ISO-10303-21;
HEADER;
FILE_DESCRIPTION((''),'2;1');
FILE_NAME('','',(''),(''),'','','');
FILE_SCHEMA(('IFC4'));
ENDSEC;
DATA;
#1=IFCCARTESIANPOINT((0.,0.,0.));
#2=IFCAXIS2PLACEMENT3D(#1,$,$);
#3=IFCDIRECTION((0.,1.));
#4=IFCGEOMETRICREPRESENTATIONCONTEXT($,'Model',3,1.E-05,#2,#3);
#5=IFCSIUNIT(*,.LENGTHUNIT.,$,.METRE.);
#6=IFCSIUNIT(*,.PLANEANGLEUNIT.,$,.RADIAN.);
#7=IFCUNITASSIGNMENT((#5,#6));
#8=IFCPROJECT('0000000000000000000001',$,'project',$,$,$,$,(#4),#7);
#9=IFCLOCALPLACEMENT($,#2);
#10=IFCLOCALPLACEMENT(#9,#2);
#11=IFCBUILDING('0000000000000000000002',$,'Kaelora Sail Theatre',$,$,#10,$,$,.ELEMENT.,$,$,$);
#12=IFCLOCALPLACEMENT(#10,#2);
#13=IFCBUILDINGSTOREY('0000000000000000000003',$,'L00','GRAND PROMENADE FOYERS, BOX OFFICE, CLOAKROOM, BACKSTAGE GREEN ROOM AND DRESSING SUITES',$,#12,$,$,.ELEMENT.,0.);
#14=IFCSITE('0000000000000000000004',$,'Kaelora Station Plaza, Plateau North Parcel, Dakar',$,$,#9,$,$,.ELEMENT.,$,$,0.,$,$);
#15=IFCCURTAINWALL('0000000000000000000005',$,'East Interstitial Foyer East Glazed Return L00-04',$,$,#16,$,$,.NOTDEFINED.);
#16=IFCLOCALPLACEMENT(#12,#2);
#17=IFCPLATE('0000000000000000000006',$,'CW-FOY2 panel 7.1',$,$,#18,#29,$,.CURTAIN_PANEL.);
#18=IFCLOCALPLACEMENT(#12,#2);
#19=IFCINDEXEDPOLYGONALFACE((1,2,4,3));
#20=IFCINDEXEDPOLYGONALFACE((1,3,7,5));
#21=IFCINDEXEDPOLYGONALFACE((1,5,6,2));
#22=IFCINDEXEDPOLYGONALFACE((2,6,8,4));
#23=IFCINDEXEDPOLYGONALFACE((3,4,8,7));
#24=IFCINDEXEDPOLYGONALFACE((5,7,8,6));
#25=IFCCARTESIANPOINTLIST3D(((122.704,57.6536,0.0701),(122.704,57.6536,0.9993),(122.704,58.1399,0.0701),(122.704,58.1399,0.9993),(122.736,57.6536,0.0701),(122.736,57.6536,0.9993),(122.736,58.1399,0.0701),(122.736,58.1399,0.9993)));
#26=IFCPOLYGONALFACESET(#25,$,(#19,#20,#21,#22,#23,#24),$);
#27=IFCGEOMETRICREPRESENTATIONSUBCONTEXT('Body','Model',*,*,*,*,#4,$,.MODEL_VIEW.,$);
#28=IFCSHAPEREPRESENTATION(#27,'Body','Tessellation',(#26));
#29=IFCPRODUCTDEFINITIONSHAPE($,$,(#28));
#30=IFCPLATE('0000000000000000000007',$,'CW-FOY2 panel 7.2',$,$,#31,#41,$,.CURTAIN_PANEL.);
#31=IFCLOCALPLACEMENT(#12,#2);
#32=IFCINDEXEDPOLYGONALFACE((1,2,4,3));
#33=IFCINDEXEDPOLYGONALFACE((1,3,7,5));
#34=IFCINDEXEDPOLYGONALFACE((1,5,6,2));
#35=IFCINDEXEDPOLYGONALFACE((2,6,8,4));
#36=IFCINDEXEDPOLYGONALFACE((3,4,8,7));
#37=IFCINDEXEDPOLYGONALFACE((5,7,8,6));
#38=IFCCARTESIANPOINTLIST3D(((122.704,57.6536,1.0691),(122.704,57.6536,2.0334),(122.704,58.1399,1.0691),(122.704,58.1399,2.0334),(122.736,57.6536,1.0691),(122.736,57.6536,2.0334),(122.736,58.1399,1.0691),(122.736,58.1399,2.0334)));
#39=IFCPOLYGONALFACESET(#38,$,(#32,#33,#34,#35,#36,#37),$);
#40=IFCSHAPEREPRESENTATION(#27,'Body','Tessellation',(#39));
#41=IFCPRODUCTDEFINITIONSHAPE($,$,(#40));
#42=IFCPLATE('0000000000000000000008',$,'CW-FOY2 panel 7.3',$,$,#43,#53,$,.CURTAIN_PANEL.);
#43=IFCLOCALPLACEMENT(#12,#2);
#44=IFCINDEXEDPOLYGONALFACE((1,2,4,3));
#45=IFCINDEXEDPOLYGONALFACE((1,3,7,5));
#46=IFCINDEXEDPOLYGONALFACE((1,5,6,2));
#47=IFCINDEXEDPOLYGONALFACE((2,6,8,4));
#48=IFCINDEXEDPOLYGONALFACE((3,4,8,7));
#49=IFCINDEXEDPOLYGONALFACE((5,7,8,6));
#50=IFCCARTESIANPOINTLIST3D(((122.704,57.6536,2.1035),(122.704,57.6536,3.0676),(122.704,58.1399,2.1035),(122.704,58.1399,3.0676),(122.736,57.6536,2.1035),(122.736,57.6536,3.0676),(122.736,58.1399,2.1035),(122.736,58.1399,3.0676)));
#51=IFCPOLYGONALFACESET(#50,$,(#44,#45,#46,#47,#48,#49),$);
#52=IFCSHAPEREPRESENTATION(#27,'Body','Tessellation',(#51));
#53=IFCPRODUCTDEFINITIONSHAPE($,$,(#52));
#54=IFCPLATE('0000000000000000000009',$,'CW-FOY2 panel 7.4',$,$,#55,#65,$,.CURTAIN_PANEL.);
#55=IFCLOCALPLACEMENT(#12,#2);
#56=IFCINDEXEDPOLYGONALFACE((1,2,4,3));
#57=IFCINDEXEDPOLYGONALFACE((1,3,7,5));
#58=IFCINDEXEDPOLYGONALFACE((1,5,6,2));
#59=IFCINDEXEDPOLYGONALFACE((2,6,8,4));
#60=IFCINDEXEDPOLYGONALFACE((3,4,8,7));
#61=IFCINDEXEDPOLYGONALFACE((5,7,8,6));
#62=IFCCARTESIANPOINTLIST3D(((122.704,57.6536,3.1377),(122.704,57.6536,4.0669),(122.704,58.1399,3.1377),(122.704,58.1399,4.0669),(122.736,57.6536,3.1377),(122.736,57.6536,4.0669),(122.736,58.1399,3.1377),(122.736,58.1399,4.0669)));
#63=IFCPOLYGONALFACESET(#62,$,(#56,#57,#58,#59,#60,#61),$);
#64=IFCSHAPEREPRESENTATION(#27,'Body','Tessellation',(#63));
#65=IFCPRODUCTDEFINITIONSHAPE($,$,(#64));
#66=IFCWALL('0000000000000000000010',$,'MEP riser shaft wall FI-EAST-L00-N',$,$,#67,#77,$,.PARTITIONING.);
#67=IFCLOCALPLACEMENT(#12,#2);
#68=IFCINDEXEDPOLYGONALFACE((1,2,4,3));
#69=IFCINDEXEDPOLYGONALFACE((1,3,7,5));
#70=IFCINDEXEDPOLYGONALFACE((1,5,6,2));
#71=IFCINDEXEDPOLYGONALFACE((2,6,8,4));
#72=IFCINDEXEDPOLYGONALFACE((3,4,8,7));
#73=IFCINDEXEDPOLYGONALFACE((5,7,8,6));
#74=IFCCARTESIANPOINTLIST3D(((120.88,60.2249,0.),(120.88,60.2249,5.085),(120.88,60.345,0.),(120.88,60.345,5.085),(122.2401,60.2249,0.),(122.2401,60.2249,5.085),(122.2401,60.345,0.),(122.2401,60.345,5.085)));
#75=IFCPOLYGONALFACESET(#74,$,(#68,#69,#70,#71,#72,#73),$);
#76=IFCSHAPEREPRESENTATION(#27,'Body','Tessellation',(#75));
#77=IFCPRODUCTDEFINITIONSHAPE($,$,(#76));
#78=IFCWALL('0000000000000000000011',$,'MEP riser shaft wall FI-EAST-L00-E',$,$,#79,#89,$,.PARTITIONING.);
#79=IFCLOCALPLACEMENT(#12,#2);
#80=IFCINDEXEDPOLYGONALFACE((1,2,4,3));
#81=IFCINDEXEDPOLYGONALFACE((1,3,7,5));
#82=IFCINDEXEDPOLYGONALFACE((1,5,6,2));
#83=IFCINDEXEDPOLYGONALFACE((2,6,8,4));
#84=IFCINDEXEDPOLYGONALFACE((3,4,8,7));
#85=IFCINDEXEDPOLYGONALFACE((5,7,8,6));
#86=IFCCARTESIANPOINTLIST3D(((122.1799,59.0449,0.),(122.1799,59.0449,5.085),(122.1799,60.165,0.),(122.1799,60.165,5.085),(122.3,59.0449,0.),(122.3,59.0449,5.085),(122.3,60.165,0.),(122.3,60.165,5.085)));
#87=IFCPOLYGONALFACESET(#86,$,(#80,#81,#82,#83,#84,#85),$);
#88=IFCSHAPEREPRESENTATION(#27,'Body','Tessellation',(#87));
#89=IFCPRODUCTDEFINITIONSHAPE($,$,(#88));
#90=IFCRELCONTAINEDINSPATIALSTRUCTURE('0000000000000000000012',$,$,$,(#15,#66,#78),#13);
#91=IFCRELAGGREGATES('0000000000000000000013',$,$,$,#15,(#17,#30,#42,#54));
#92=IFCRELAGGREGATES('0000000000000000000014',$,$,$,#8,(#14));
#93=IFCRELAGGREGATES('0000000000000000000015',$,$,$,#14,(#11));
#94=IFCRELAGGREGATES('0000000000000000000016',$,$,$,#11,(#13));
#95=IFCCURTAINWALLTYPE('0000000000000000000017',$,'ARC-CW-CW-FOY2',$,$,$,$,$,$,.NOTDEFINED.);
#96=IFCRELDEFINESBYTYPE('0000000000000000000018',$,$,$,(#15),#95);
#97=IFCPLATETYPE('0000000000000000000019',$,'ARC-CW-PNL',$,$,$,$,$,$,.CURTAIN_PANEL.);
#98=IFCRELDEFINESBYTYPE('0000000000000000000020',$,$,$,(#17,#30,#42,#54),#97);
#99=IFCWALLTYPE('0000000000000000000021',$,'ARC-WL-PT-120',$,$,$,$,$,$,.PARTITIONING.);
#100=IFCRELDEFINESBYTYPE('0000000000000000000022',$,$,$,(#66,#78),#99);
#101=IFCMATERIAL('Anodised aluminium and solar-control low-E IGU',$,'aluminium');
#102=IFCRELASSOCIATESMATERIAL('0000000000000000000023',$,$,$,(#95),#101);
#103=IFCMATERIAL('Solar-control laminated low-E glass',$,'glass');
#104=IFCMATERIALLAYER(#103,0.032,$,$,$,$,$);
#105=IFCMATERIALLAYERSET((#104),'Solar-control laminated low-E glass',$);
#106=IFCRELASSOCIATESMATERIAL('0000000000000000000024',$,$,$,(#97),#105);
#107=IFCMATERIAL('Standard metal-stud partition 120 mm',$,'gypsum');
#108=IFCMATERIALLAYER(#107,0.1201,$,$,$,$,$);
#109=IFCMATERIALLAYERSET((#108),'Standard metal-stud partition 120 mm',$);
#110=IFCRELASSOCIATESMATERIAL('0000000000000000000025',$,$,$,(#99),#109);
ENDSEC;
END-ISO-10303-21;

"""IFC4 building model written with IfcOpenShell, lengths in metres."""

from ifc_helpers import new_model, si_unit, direction, frame, frame_2d, origin, origin_2d, place, context, subcontext, project, spatial, rectangle, extrude, material, layer, layer_set, type_object, element, aggregate, save


model = new_model("IFC4")

# Units and contexts
model_context = context("Model", 3, precision=1e-05, world=origin(), true_north=direction((0.0, 1.0)))
body_context = subcontext(model_context, "Body", "Model", "MODEL_VIEW")
ifc_project = project(units=[si_unit("LENGTHUNIT", "METRE"), si_unit("PLANEANGLEUNIT", "RADIAN")], contexts=[model_context])

# Site, building, storey
site_placement = place(None, origin())
site = spatial("IfcSite", under=ifc_project, at=site_placement, Name="Kaelora Station Plaza, Plateau North Parcel, Dakar", CompositionType="ELEMENT", RefElevation=0.0)
building_placement = place(site_placement, origin())
building = spatial("IfcBuilding", under=site, at=building_placement, Name="Kaelora Sail Theatre", CompositionType="ELEMENT")
storey_placement = place(building_placement, origin())
storey = spatial("IfcBuildingStorey", under=building, at=storey_placement, Name="L00", Description="GRAND PROMENADE FOYERS, BOX OFFICE, CLOAKROOM, BACKSTAGE GREEN ROOM AND DRESSING SUITES", CompositionType="ELEMENT", Elevation=0.0)

# Curtain wall, plates
ifc_material_1 = material(Name="Anodised aluminium and solar-control low-E IGU", Category="aluminium")
curtain_wall_type = type_object("IfcCurtainWallType", Name="ARC-CW-CW-FOY2", PredefinedType="NOTDEFINED", material=ifc_material_1)
curtain_wall_placement = place(storey_placement, origin())
curtain_wall = element("IfcCurtainWall", 1, at=curtain_wall_placement, inside=storey, type_object=curtain_wall_type, Name="East Interstitial Foyer East Glazed Return L00-04", PredefinedType="NOTDEFINED")
ifc_material_2 = material(Name="Solar-control laminated low-E glass", Category="glass")
ifc_layer_1 = layer(ifc_material_2, 0.032)
ifc_layer_set_1 = layer_set([ifc_layer_1], Name="Solar-control laminated low-E glass")
plate_type = type_object("IfcPlateType", Name="ARC-CW-PNL", PredefinedType="CURTAIN_PANEL", material=ifc_layer_set_1)
plate_1_placement = place(storey_placement, frame((122.72, 57.8967, 0.0701), z_axis=(0.0, 0.0, 1.0), x_axis=(0.0, 1.0, 0.0)))
plate_1 = element("IfcPlate", 2, at=plate_1_placement, type_object=plate_type, Name="CW-FOY2 panel 7.1", PredefinedType="CURTAIN_PANEL", context=body_context, shape_type="SweptSolid", body=[
    extrude(rectangle(XDim=0.4863, YDim=0.032, at=origin_2d()), origin(), (0.0, 0.0, 1.0), 0.9292),
])
plate_2_placement = place(storey_placement, frame((122.72, 57.8967, 1.0691), z_axis=(0.0, 0.0, 1.0), x_axis=(0.0, 1.0, 0.0)))
plate_2 = element("IfcPlate", 3, at=plate_2_placement, type_object=plate_type, Name="CW-FOY2 panel 7.2", PredefinedType="CURTAIN_PANEL", context=body_context, shape_type="SweptSolid", body=[
    extrude(rectangle(XDim=0.4863, YDim=0.032, at=origin_2d()), origin(), (0.0, 0.0, 1.0), 0.9644),
])
plate_3_placement = place(storey_placement, frame((122.72, 57.8967, 2.1035), z_axis=(0.0, 0.0, 1.0), x_axis=(0.0, 1.0, 0.0)))
plate_3 = element("IfcPlate", 4, at=plate_3_placement, type_object=plate_type, Name="CW-FOY2 panel 7.3", PredefinedType="CURTAIN_PANEL", context=body_context, shape_type="SweptSolid", body=[
    extrude(rectangle(XDim=0.4863, YDim=0.032, at=origin_2d()), origin(), (0.0, 0.0, 1.0), 0.9641),
])
plate_4_placement = place(storey_placement, frame((122.72, 57.8967, 3.1377), z_axis=(0.0, 0.0, 1.0), x_axis=(0.0, 1.0, 0.0)))
plate_4 = element("IfcPlate", 5, at=plate_4_placement, type_object=plate_type, Name="CW-FOY2 panel 7.4", PredefinedType="CURTAIN_PANEL", context=body_context, shape_type="SweptSolid", body=[
    extrude(rectangle(XDim=0.4863, YDim=0.032, at=origin_2d()), origin(), (0.0, 0.0, 1.0), 0.9292),
])
aggregate(curtain_wall, [plate_1, plate_2, plate_3, plate_4])

# Walls
ifc_material_3 = material(Name="Standard metal-stud partition 120 mm", Category="gypsum")
ifc_layer_2 = layer(ifc_material_3, 0.1201)
ifc_layer_set_2 = layer_set([ifc_layer_2], Name="Standard metal-stud partition 120 mm")
wall_type = type_object("IfcWallType", Name="ARC-WL-PT-120", PredefinedType="PARTITIONING", material=ifc_layer_set_2)
wall_1_placement = place(storey_placement, frame((120.8799, 60.2849, 0.0), z_axis=(0.0, 0.0, 1.0), x_axis=(1.0, 0.0, 0.0)))
element("IfcWall", 6, at=wall_1_placement, inside=storey, type_object=wall_type, Name="MEP riser shaft wall FI-EAST-L00-N", PredefinedType="PARTITIONING", context=body_context, shape_type="SweptSolid", body=[
    extrude(rectangle(XDim=1.3601, YDim=0.1201, at=frame_2d((0.6802, 0.0))), origin(), (0.0, 0.0, 1.0), 5.085),
])
wall_2_placement = place(storey_placement, frame((122.24, 59.0449, 0.0), z_axis=(0.0, 0.0, 1.0), x_axis=(0.0, 1.0, 0.0)))
element("IfcWall", 7, at=wall_2_placement, inside=storey, type_object=wall_type, Name="MEP riser shaft wall FI-EAST-L00-E", PredefinedType="PARTITIONING", context=body_context, shape_type="SweptSolid", body=[
    extrude(rectangle(XDim=1.1201, YDim=0.1201, at=frame_2d((0.5601, 0.0))), origin(), (0.0, 0.0, 1.0), 5.085),
])

save(model, "model.ifc")
